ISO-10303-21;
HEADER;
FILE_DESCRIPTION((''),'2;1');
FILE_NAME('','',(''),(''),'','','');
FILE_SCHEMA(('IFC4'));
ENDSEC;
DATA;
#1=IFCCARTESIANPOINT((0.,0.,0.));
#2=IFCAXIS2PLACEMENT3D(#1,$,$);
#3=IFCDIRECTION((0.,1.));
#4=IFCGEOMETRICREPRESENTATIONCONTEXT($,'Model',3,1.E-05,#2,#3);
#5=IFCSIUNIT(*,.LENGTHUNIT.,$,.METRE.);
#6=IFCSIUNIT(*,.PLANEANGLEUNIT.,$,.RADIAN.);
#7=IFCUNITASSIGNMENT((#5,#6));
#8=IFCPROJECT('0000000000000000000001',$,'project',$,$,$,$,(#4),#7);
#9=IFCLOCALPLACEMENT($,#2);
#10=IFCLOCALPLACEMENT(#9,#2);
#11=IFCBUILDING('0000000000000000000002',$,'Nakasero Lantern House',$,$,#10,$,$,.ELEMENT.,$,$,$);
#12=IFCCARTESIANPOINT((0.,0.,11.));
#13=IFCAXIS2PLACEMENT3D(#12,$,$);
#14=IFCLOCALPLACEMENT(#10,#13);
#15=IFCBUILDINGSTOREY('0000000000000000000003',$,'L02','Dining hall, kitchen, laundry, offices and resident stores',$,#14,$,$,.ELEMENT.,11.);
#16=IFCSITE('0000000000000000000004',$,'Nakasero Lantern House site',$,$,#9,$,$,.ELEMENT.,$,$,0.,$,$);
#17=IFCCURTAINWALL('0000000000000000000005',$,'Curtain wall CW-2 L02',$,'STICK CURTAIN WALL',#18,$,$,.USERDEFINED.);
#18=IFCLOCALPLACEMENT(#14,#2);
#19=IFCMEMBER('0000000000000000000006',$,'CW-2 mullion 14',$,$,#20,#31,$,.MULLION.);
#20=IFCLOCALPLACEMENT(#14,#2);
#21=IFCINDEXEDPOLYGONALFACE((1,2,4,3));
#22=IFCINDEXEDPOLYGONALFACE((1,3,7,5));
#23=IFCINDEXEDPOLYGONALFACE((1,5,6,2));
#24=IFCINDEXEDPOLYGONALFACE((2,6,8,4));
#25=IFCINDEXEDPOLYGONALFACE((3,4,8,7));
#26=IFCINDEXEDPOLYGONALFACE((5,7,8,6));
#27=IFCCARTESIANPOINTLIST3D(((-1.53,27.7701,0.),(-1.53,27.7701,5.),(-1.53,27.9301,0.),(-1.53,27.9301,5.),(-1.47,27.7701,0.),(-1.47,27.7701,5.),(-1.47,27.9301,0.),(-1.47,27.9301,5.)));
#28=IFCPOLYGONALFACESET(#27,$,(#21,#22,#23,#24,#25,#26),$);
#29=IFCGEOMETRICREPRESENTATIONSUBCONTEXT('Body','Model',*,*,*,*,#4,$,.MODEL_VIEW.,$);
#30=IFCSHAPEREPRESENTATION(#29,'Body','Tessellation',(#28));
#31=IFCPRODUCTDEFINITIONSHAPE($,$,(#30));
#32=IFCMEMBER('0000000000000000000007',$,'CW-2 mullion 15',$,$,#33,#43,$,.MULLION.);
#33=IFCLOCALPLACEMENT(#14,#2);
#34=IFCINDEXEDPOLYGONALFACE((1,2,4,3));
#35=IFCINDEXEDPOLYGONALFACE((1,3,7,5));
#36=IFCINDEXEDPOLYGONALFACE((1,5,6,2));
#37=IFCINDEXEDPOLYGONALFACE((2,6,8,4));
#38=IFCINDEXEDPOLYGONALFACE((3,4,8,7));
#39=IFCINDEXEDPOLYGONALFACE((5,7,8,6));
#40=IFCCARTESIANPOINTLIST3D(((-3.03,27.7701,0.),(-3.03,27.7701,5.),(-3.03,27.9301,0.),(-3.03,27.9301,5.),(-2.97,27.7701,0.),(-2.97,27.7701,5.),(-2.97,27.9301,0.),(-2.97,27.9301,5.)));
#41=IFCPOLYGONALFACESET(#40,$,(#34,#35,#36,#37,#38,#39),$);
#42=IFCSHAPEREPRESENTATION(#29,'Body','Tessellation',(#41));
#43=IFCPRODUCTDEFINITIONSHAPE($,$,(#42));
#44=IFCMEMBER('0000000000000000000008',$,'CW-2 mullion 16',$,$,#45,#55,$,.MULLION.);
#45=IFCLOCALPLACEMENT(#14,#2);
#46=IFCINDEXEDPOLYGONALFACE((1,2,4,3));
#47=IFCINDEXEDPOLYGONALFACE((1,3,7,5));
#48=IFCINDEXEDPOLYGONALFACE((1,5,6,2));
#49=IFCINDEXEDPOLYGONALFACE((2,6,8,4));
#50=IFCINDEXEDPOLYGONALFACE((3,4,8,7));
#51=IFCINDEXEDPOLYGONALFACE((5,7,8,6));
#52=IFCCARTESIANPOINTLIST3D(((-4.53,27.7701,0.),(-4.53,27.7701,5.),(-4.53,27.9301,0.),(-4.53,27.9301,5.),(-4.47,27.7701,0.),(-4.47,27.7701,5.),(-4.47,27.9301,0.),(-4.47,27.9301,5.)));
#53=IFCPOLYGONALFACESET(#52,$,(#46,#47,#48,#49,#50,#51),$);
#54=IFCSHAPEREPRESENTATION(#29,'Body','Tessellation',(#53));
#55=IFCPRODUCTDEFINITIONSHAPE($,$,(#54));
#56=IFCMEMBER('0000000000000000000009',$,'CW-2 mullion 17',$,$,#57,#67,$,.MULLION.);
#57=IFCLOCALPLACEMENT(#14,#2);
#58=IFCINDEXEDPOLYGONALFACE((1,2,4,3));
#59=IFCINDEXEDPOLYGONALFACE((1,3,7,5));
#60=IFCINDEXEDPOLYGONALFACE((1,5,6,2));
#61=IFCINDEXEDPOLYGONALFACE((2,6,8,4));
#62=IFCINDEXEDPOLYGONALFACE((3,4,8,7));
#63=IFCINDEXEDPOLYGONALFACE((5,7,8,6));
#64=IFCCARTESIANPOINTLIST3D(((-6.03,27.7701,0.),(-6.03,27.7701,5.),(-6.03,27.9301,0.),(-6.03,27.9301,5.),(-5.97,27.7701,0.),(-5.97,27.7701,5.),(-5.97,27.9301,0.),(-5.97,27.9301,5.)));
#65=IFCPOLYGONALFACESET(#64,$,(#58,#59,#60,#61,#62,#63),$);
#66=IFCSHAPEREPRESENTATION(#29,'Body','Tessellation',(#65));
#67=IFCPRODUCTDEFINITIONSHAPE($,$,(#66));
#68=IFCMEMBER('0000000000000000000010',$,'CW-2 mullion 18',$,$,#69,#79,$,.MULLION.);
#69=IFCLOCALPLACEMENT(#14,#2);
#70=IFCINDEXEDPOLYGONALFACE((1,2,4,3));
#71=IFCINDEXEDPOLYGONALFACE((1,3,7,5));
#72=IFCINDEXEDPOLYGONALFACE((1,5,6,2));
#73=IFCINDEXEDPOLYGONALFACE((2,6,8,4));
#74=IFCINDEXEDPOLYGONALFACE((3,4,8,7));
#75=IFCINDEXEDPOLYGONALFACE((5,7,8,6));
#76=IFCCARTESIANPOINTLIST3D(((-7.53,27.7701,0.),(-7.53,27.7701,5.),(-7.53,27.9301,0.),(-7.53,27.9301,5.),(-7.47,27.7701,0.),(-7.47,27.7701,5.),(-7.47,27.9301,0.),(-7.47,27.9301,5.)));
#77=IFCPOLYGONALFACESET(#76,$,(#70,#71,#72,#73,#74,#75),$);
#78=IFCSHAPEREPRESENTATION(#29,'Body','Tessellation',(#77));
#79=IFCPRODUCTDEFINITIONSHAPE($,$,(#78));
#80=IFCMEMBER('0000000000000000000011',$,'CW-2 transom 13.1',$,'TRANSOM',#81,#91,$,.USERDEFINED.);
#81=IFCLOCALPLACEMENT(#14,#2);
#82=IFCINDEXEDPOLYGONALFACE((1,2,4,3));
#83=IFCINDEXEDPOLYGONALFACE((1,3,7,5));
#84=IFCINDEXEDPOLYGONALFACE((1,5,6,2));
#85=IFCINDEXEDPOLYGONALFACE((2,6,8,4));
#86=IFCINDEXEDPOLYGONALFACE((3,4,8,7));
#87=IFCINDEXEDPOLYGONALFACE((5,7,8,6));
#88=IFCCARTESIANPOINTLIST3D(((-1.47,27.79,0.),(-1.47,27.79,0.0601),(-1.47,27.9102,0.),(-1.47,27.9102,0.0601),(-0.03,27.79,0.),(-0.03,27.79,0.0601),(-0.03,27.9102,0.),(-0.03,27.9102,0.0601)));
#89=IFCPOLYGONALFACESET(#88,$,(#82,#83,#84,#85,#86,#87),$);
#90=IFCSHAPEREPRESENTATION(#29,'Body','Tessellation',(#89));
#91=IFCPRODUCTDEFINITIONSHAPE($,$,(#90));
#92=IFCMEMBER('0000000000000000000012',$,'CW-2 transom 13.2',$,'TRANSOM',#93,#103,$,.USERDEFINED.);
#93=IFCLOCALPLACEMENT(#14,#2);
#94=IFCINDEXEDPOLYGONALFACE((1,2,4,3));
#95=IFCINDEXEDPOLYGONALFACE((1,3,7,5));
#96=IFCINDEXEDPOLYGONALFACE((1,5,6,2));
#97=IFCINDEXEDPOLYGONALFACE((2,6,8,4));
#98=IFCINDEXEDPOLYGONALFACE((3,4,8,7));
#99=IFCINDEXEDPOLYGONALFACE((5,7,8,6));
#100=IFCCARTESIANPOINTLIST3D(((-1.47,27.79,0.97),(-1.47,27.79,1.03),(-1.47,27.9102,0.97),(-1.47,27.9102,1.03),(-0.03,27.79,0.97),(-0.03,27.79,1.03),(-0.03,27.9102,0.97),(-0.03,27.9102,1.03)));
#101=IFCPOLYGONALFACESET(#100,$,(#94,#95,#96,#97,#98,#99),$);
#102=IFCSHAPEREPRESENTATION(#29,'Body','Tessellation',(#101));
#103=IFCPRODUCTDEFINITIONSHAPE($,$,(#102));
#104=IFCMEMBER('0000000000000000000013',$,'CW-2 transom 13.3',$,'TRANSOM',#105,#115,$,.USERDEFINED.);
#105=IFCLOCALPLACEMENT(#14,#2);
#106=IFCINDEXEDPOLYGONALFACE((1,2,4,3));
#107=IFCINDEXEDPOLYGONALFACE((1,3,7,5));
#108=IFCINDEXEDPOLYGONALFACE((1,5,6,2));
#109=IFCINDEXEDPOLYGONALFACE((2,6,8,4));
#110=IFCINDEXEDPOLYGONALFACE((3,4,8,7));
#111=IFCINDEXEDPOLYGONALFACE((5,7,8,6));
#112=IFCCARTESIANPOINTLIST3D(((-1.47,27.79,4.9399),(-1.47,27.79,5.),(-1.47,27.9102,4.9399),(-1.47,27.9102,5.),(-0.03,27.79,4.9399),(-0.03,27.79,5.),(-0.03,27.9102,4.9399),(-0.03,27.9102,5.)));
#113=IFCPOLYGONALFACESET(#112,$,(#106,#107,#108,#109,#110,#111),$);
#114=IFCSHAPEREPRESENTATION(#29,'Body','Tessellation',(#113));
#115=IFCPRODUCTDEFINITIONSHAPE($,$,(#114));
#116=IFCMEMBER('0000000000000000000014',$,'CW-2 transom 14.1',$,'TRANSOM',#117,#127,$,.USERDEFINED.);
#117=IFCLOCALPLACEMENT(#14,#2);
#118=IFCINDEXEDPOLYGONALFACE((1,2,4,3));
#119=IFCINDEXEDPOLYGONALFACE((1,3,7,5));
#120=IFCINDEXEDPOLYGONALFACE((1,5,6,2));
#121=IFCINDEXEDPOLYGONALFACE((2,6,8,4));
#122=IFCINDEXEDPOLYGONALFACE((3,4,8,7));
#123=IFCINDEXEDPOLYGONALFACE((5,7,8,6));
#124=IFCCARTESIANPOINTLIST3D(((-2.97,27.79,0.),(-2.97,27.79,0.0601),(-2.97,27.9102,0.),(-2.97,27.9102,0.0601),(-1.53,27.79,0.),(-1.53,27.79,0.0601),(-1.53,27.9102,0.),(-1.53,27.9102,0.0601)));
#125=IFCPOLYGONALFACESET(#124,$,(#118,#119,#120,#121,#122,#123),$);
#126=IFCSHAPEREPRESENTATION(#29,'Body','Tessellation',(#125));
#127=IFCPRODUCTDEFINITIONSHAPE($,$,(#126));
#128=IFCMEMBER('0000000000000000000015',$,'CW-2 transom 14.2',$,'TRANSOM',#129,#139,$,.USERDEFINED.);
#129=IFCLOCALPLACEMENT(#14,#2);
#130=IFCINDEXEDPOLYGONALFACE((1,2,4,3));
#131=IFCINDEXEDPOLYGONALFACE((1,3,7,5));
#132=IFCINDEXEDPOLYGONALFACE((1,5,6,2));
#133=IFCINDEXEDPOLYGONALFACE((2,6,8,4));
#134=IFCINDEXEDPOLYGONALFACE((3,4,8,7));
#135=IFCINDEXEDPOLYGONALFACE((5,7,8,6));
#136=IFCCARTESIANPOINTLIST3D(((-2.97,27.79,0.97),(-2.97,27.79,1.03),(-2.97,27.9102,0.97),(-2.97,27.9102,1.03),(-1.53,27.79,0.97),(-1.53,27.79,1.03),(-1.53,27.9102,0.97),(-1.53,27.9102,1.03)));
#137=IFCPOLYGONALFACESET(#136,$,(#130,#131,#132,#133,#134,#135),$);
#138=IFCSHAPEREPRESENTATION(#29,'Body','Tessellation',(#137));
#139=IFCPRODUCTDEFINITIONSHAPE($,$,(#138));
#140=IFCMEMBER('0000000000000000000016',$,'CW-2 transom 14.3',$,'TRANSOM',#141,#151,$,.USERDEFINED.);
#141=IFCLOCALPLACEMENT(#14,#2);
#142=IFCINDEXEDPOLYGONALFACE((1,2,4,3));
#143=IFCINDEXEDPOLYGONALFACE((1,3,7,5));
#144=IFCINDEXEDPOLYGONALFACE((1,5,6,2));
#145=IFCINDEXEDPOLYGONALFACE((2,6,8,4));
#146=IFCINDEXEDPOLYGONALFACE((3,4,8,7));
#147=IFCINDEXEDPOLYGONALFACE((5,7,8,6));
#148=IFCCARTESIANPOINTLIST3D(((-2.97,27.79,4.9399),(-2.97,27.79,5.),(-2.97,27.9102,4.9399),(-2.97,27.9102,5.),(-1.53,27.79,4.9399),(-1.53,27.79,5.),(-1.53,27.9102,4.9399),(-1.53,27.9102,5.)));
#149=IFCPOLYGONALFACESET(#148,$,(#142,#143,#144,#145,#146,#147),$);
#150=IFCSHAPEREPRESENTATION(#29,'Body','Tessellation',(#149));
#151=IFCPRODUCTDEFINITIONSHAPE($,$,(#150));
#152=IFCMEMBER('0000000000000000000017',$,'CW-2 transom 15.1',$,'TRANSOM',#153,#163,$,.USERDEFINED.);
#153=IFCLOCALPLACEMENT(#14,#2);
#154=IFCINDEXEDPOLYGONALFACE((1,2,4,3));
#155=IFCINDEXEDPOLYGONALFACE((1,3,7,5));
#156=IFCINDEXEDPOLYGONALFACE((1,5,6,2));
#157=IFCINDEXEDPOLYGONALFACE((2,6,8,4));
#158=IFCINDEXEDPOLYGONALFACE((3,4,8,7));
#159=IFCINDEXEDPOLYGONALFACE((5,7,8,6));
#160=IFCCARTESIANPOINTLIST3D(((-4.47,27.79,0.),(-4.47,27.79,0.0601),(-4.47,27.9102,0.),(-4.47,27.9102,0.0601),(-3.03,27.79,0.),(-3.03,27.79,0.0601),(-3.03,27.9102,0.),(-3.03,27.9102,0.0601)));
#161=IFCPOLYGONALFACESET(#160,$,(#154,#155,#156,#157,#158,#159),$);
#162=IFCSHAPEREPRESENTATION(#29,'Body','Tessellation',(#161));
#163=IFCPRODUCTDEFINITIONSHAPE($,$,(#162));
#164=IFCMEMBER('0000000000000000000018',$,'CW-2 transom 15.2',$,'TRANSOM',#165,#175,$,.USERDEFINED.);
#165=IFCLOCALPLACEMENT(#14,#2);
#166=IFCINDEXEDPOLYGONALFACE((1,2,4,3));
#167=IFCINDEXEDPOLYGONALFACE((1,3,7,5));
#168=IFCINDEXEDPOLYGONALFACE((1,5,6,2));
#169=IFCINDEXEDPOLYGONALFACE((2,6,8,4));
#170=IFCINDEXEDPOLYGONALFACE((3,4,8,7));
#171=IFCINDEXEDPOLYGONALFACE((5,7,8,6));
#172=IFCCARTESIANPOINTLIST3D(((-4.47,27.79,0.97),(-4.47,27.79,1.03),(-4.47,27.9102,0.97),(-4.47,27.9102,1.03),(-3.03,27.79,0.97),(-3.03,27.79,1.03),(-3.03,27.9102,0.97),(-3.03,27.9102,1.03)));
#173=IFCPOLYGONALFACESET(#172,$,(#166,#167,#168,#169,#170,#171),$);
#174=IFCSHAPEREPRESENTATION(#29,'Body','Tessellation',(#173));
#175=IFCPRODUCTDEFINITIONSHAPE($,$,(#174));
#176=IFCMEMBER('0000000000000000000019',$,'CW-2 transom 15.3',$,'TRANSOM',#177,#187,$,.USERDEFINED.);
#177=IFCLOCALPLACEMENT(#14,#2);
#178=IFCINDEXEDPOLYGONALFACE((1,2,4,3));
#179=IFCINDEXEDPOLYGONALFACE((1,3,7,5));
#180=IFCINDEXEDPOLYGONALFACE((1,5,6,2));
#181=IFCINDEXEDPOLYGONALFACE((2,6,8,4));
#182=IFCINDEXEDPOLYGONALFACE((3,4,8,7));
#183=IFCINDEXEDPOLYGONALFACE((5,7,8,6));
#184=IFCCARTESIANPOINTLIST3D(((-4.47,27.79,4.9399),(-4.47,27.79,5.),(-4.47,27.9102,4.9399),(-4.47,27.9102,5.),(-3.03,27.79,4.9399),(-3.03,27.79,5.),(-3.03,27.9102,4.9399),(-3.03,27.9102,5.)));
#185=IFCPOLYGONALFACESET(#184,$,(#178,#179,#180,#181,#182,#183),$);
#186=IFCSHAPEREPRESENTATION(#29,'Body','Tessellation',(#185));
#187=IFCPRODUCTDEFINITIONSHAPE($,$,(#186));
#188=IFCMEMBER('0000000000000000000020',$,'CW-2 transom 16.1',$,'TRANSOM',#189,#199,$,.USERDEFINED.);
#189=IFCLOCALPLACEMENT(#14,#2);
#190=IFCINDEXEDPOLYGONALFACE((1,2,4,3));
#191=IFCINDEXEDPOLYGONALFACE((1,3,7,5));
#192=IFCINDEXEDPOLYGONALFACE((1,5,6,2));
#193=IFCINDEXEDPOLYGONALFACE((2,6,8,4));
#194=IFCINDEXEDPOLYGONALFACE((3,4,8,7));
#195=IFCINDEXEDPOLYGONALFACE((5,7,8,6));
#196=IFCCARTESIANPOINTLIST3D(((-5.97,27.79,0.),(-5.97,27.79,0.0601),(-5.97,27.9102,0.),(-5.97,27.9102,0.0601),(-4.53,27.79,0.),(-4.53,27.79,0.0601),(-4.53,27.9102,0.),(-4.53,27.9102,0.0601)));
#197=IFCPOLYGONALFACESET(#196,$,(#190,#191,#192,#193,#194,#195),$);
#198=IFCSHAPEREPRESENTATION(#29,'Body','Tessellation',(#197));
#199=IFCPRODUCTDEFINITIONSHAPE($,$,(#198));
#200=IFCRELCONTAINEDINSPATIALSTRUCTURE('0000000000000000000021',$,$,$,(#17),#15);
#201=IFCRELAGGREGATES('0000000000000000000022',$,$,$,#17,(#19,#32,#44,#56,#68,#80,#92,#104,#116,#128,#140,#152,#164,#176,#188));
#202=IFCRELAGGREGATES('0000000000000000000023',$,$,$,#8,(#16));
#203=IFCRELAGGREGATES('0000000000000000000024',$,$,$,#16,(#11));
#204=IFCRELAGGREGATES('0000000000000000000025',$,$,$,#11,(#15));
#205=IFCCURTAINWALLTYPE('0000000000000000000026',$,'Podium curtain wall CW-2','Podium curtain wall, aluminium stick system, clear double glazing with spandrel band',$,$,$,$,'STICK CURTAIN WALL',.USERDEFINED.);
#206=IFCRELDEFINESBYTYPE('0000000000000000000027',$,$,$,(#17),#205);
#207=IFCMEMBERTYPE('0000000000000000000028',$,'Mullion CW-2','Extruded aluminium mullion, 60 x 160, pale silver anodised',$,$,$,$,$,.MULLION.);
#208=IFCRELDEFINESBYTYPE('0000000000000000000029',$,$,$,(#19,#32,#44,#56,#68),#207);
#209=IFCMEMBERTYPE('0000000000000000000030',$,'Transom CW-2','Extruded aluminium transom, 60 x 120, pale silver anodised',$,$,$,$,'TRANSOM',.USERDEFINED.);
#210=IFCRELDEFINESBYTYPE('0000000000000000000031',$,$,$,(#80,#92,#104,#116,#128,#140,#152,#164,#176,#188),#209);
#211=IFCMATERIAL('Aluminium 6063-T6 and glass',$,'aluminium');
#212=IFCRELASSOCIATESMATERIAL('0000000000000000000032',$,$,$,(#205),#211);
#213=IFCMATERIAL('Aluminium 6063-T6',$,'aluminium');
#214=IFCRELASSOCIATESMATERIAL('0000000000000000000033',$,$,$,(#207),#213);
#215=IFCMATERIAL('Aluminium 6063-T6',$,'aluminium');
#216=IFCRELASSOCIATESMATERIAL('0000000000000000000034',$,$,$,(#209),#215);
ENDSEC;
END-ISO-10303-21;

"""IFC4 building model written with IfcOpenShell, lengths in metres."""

from ifc_helpers import new_model, si_unit, direction, frame, origin, origin_2d, place, context, subcontext, project, spatial, rectangle, extrude, material, material_profile, profile_set, type_object, element, aggregate, save


model = new_model("IFC4")

# Units and contexts
model_context = context("Model", 3, precision=1e-05, world=origin(), true_north=direction((0.0, 1.0)))
body_context = subcontext(model_context, "Body", "Model", "MODEL_VIEW")
ifc_project = project(units=[si_unit("LENGTHUNIT", "METRE"), si_unit("PLANEANGLEUNIT", "RADIAN")], contexts=[model_context])

# Site, building, storey
site_placement = place(None, origin())
site = spatial("IfcSite", under=ifc_project, at=site_placement, Name="Nakasero Lantern House site", CompositionType="ELEMENT", RefElevation=0.0)
building_placement = place(site_placement, origin())
building = spatial("IfcBuilding", under=site, at=building_placement, Name="Nakasero Lantern House", CompositionType="ELEMENT")
storey_placement = place(building_placement, frame((0.0, 0.0, 11.0)))
storey = spatial("IfcBuildingStorey", under=building, at=storey_placement, Name="L02", Description="Dining hall, kitchen, laundry, offices and resident stores", CompositionType="ELEMENT", Elevation=11.0)

# Curtain wall, members
ifc_material_1 = material(Name="Aluminium 6063-T6 and glass", Category="aluminium")
curtain_wall_type = type_object("IfcCurtainWallType", Name="Podium curtain wall CW-2", Description="Podium curtain wall, aluminium stick system, clear double glazing with spandrel band", ElementType="STICK CURTAIN WALL", PredefinedType="USERDEFINED", material=ifc_material_1)
curtain_wall_placement = place(storey_placement, origin())
curtain_wall = element("IfcCurtainWall", 1, at=curtain_wall_placement, inside=storey, type_object=curtain_wall_type, Name="Curtain wall CW-2 L02", ObjectType="STICK CURTAIN WALL", PredefinedType="USERDEFINED")
ifc_material_2 = material(Name="Aluminium 6063-T6", Category="aluminium")
ifc_material_profile_1 = material_profile(ifc_material_2, rectangle(XDim=0.0601, YDim=0.1599, at=origin_2d()), Name="CW-2 mullion 60x160")
ifc_profile_set_1 = profile_set([ifc_material_profile_1], Name="Aluminium 6063-T6")
member_type_1 = type_object("IfcMemberType", Name="Mullion CW-2", Description="Extruded aluminium mullion, 60 x 160, pale silver anodised", PredefinedType="MULLION", material=ifc_profile_set_1)
member_1_placement = place(storey_placement, frame((-1.5, 27.8501, 0.0), z_axis=(0.0, 0.0, 1.0), x_axis=(-1.0, 0.0, 0.0)))
member_1 = element("IfcMember", 2, at=member_1_placement, type_object=member_type_1, Name="CW-2 mullion 14", PredefinedType="MULLION", context=body_context, shape_type="SweptSolid", body=[
    extrude(rectangle(XDim=0.0601, YDim=0.1599, at=origin_2d()), origin(), (0.0, 0.0, 1.0), 5.0),
])
member_2_placement = place(storey_placement, frame((-3.0, 27.8501, 0.0), z_axis=(0.0, 0.0, 1.0), x_axis=(-1.0, 0.0, 0.0)))
member_2 = element("IfcMember", 3, at=member_2_placement, type_object=member_type_1, Name="CW-2 mullion 15", PredefinedType="MULLION", context=body_context, shape_type="SweptSolid", body=[
    extrude(rectangle(XDim=0.0601, YDim=0.1599, at=origin_2d()), origin(), (0.0, 0.0, 1.0), 5.0),
])
member_3_placement = place(storey_placement, frame((-4.5, 27.8501, 0.0), z_axis=(0.0, 0.0, 1.0), x_axis=(-1.0, 0.0, 0.0)))
member_3 = element("IfcMember", 4, at=member_3_placement, type_object=member_type_1, Name="CW-2 mullion 16", PredefinedType="MULLION", context=body_context, shape_type="SweptSolid", body=[
    extrude(rectangle(XDim=0.0601, YDim=0.1599, at=origin_2d()), origin(), (0.0, 0.0, 1.0), 5.0),
])
member_4_placement = place(storey_placement, frame((-6.0, 27.8501, 0.0), z_axis=(0.0, 0.0, 1.0), x_axis=(-1.0, 0.0, 0.0)))
member_4 = element("IfcMember", 5, at=member_4_placement, type_object=member_type_1, Name="CW-2 mullion 17", PredefinedType="MULLION", context=body_context, shape_type="SweptSolid", body=[
    extrude(rectangle(XDim=0.0601, YDim=0.1599, at=origin_2d()), origin(), (0.0, 0.0, 1.0), 5.0),
])
member_5_placement = place(storey_placement, frame((-7.5, 27.8501, 0.0), z_axis=(0.0, 0.0, 1.0), x_axis=(-1.0, 0.0, 0.0)))
member_5 = element("IfcMember", 6, at=member_5_placement, type_object=member_type_1, Name="CW-2 mullion 18", PredefinedType="MULLION", context=body_context, shape_type="SweptSolid", body=[
    extrude(rectangle(XDim=0.0601, YDim=0.1599, at=origin_2d()), origin(), (0.0, 0.0, 1.0), 5.0),
])
ifc_material_3 = material(Name="Aluminium 6063-T6", Category="aluminium")
ifc_material_profile_2 = material_profile(ifc_material_3, rectangle(XDim=0.0601, YDim=0.1201, at=origin_2d()), Name="CW-2 transom 60x120")
ifc_profile_set_2 = profile_set([ifc_material_profile_2], Name="Aluminium 6063-T6")
member_type_2 = type_object("IfcMemberType", Name="Transom CW-2", Description="Extruded aluminium transom, 60 x 120, pale silver anodised", ElementType="TRANSOM", PredefinedType="USERDEFINED", material=ifc_profile_set_2)
member_6_placement = place(storey_placement, frame((-0.03, 27.8501, 0.03), z_axis=(-1.0, 0.0, 0.0), x_axis=(0.0, 0.0, 1.0)))
member_6 = element("IfcMember", 7, at=member_6_placement, type_object=member_type_2, Name="CW-2 transom 13.1", ObjectType="TRANSOM", PredefinedType="USERDEFINED", context=body_context, shape_type="SweptSolid", body=[
    extrude(rectangle(XDim=0.0601, YDim=0.1201, at=origin_2d()), origin(), (0.0, 0.0, 1.0), 1.4399),
])
member_7_placement = place(storey_placement, frame((-0.03, 27.8501, 1.0), z_axis=(-1.0, 0.0, 0.0), x_axis=(0.0, 0.0, 1.0)))
member_7 = element("IfcMember", 8, at=member_7_placement, type_object=member_type_2, Name="CW-2 transom 13.2", ObjectType="TRANSOM", PredefinedType="USERDEFINED", context=body_context, shape_type="SweptSolid", body=[
    extrude(rectangle(XDim=0.0601, YDim=0.1201, at=origin_2d()), origin(), (0.0, 0.0, 1.0), 1.4399),
])
member_8_placement = place(storey_placement, frame((-0.03, 27.8501, 4.97), z_axis=(-1.0, 0.0, 0.0), x_axis=(0.0, 0.0, 1.0)))
member_8 = element("IfcMember", 9, at=member_8_placement, type_object=member_type_2, Name="CW-2 transom 13.3", ObjectType="TRANSOM", PredefinedType="USERDEFINED", context=body_context, shape_type="SweptSolid", body=[
    extrude(rectangle(XDim=0.0601, YDim=0.1201, at=origin_2d()), origin(), (0.0, 0.0, 1.0), 1.4399),
])
member_9_placement = place(storey_placement, frame((-1.53, 27.8501, 0.03), z_axis=(-1.0, 0.0, 0.0), x_axis=(0.0, 0.0, 1.0)))
member_9 = element("IfcMember", 10, at=member_9_placement, type_object=member_type_2, Name="CW-2 transom 14.1", ObjectType="TRANSOM", PredefinedType="USERDEFINED", context=body_context, shape_type="SweptSolid", body=[
    extrude(rectangle(XDim=0.0601, YDim=0.1201, at=origin_2d()), origin(), (0.0, 0.0, 1.0), 1.4399),
])
member_10_placement = place(storey_placement, frame((-1.53, 27.8501, 1.0), z_axis=(-1.0, 0.0, 0.0), x_axis=(0.0, 0.0, 1.0)))
member_10 = element("IfcMember", 11, at=member_10_placement, type_object=member_type_2, Name="CW-2 transom 14.2", ObjectType="TRANSOM", PredefinedType="USERDEFINED", context=body_context, shape_type="SweptSolid", body=[
    extrude(rectangle(XDim=0.0601, YDim=0.1201, at=origin_2d()), origin(), (0.0, 0.0, 1.0), 1.4399),
])
member_11_placement = place(storey_placement, frame((-1.53, 27.8501, 4.97), z_axis=(-1.0, 0.0, 0.0), x_axis=(0.0, 0.0, 1.0)))
member_11 = element("IfcMember", 12, at=member_11_placement, type_object=member_type_2, Name="CW-2 transom 14.3", ObjectType="TRANSOM", PredefinedType="USERDEFINED", context=body_context, shape_type="SweptSolid", body=[
    extrude(rectangle(XDim=0.0601, YDim=0.1201, at=origin_2d()), origin(), (0.0, 0.0, 1.0), 1.4399),
])
member_12_placement = place(storey_placement, frame((-3.03, 27.8501, 0.03), z_axis=(-1.0, 0.0, 0.0), x_axis=(0.0, 0.0, 1.0)))
member_12 = element("IfcMember", 13, at=member_12_placement, type_object=member_type_2, Name="CW-2 transom 15.1", ObjectType="TRANSOM", PredefinedType="USERDEFINED", context=body_context, shape_type="SweptSolid", body=[
    extrude(rectangle(XDim=0.0601, YDim=0.1201, at=origin_2d()), origin(), (0.0, 0.0, 1.0), 1.4399),
])
member_13_placement = place(storey_placement, frame((-3.03, 27.8501, 1.0), z_axis=(-1.0, 0.0, 0.0), x_axis=(0.0, 0.0, 1.0)))
member_13 = element("IfcMember", 14, at=member_13_placement, type_object=member_type_2, Name="CW-2 transom 15.2", ObjectType="TRANSOM", PredefinedType="USERDEFINED", context=body_context, shape_type="SweptSolid", body=[
    extrude(rectangle(XDim=0.0601, YDim=0.1201, at=origin_2d()), origin(), (0.0, 0.0, 1.0), 1.4399),
])
member_14_placement = place(storey_placement, frame((-3.03, 27.8501, 4.97), z_axis=(-1.0, 0.0, 0.0), x_axis=(0.0, 0.0, 1.0)))
member_14 = element("IfcMember", 15, at=member_14_placement, type_object=member_type_2, Name="CW-2 transom 15.3", ObjectType="TRANSOM", PredefinedType="USERDEFINED", context=body_context, shape_type="SweptSolid", body=[
    extrude(rectangle(XDim=0.0601, YDim=0.1201, at=origin_2d()), origin(), (0.0, 0.0, 1.0), 1.4399),
])
member_15_placement = place(storey_placement, frame((-4.53, 27.8501, 0.03), z_axis=(-1.0, 0.0, 0.0), x_axis=(0.0, 0.0, 1.0)))
member_15 = element("IfcMember", 16, at=member_15_placement, type_object=member_type_2, Name="CW-2 transom 16.1", ObjectType="TRANSOM", PredefinedType="USERDEFINED", context=body_context, shape_type="SweptSolid", body=[
    extrude(rectangle(XDim=0.0601, YDim=0.1201, at=origin_2d()), origin(), (0.0, 0.0, 1.0), 1.4399),
])
aggregate(curtain_wall, [member_1, member_2, member_3, member_4, member_5, member_6, member_7, member_8, member_9, member_10, member_11, member_12, member_13, member_14, member_15])

save(model, "model.ifc")
